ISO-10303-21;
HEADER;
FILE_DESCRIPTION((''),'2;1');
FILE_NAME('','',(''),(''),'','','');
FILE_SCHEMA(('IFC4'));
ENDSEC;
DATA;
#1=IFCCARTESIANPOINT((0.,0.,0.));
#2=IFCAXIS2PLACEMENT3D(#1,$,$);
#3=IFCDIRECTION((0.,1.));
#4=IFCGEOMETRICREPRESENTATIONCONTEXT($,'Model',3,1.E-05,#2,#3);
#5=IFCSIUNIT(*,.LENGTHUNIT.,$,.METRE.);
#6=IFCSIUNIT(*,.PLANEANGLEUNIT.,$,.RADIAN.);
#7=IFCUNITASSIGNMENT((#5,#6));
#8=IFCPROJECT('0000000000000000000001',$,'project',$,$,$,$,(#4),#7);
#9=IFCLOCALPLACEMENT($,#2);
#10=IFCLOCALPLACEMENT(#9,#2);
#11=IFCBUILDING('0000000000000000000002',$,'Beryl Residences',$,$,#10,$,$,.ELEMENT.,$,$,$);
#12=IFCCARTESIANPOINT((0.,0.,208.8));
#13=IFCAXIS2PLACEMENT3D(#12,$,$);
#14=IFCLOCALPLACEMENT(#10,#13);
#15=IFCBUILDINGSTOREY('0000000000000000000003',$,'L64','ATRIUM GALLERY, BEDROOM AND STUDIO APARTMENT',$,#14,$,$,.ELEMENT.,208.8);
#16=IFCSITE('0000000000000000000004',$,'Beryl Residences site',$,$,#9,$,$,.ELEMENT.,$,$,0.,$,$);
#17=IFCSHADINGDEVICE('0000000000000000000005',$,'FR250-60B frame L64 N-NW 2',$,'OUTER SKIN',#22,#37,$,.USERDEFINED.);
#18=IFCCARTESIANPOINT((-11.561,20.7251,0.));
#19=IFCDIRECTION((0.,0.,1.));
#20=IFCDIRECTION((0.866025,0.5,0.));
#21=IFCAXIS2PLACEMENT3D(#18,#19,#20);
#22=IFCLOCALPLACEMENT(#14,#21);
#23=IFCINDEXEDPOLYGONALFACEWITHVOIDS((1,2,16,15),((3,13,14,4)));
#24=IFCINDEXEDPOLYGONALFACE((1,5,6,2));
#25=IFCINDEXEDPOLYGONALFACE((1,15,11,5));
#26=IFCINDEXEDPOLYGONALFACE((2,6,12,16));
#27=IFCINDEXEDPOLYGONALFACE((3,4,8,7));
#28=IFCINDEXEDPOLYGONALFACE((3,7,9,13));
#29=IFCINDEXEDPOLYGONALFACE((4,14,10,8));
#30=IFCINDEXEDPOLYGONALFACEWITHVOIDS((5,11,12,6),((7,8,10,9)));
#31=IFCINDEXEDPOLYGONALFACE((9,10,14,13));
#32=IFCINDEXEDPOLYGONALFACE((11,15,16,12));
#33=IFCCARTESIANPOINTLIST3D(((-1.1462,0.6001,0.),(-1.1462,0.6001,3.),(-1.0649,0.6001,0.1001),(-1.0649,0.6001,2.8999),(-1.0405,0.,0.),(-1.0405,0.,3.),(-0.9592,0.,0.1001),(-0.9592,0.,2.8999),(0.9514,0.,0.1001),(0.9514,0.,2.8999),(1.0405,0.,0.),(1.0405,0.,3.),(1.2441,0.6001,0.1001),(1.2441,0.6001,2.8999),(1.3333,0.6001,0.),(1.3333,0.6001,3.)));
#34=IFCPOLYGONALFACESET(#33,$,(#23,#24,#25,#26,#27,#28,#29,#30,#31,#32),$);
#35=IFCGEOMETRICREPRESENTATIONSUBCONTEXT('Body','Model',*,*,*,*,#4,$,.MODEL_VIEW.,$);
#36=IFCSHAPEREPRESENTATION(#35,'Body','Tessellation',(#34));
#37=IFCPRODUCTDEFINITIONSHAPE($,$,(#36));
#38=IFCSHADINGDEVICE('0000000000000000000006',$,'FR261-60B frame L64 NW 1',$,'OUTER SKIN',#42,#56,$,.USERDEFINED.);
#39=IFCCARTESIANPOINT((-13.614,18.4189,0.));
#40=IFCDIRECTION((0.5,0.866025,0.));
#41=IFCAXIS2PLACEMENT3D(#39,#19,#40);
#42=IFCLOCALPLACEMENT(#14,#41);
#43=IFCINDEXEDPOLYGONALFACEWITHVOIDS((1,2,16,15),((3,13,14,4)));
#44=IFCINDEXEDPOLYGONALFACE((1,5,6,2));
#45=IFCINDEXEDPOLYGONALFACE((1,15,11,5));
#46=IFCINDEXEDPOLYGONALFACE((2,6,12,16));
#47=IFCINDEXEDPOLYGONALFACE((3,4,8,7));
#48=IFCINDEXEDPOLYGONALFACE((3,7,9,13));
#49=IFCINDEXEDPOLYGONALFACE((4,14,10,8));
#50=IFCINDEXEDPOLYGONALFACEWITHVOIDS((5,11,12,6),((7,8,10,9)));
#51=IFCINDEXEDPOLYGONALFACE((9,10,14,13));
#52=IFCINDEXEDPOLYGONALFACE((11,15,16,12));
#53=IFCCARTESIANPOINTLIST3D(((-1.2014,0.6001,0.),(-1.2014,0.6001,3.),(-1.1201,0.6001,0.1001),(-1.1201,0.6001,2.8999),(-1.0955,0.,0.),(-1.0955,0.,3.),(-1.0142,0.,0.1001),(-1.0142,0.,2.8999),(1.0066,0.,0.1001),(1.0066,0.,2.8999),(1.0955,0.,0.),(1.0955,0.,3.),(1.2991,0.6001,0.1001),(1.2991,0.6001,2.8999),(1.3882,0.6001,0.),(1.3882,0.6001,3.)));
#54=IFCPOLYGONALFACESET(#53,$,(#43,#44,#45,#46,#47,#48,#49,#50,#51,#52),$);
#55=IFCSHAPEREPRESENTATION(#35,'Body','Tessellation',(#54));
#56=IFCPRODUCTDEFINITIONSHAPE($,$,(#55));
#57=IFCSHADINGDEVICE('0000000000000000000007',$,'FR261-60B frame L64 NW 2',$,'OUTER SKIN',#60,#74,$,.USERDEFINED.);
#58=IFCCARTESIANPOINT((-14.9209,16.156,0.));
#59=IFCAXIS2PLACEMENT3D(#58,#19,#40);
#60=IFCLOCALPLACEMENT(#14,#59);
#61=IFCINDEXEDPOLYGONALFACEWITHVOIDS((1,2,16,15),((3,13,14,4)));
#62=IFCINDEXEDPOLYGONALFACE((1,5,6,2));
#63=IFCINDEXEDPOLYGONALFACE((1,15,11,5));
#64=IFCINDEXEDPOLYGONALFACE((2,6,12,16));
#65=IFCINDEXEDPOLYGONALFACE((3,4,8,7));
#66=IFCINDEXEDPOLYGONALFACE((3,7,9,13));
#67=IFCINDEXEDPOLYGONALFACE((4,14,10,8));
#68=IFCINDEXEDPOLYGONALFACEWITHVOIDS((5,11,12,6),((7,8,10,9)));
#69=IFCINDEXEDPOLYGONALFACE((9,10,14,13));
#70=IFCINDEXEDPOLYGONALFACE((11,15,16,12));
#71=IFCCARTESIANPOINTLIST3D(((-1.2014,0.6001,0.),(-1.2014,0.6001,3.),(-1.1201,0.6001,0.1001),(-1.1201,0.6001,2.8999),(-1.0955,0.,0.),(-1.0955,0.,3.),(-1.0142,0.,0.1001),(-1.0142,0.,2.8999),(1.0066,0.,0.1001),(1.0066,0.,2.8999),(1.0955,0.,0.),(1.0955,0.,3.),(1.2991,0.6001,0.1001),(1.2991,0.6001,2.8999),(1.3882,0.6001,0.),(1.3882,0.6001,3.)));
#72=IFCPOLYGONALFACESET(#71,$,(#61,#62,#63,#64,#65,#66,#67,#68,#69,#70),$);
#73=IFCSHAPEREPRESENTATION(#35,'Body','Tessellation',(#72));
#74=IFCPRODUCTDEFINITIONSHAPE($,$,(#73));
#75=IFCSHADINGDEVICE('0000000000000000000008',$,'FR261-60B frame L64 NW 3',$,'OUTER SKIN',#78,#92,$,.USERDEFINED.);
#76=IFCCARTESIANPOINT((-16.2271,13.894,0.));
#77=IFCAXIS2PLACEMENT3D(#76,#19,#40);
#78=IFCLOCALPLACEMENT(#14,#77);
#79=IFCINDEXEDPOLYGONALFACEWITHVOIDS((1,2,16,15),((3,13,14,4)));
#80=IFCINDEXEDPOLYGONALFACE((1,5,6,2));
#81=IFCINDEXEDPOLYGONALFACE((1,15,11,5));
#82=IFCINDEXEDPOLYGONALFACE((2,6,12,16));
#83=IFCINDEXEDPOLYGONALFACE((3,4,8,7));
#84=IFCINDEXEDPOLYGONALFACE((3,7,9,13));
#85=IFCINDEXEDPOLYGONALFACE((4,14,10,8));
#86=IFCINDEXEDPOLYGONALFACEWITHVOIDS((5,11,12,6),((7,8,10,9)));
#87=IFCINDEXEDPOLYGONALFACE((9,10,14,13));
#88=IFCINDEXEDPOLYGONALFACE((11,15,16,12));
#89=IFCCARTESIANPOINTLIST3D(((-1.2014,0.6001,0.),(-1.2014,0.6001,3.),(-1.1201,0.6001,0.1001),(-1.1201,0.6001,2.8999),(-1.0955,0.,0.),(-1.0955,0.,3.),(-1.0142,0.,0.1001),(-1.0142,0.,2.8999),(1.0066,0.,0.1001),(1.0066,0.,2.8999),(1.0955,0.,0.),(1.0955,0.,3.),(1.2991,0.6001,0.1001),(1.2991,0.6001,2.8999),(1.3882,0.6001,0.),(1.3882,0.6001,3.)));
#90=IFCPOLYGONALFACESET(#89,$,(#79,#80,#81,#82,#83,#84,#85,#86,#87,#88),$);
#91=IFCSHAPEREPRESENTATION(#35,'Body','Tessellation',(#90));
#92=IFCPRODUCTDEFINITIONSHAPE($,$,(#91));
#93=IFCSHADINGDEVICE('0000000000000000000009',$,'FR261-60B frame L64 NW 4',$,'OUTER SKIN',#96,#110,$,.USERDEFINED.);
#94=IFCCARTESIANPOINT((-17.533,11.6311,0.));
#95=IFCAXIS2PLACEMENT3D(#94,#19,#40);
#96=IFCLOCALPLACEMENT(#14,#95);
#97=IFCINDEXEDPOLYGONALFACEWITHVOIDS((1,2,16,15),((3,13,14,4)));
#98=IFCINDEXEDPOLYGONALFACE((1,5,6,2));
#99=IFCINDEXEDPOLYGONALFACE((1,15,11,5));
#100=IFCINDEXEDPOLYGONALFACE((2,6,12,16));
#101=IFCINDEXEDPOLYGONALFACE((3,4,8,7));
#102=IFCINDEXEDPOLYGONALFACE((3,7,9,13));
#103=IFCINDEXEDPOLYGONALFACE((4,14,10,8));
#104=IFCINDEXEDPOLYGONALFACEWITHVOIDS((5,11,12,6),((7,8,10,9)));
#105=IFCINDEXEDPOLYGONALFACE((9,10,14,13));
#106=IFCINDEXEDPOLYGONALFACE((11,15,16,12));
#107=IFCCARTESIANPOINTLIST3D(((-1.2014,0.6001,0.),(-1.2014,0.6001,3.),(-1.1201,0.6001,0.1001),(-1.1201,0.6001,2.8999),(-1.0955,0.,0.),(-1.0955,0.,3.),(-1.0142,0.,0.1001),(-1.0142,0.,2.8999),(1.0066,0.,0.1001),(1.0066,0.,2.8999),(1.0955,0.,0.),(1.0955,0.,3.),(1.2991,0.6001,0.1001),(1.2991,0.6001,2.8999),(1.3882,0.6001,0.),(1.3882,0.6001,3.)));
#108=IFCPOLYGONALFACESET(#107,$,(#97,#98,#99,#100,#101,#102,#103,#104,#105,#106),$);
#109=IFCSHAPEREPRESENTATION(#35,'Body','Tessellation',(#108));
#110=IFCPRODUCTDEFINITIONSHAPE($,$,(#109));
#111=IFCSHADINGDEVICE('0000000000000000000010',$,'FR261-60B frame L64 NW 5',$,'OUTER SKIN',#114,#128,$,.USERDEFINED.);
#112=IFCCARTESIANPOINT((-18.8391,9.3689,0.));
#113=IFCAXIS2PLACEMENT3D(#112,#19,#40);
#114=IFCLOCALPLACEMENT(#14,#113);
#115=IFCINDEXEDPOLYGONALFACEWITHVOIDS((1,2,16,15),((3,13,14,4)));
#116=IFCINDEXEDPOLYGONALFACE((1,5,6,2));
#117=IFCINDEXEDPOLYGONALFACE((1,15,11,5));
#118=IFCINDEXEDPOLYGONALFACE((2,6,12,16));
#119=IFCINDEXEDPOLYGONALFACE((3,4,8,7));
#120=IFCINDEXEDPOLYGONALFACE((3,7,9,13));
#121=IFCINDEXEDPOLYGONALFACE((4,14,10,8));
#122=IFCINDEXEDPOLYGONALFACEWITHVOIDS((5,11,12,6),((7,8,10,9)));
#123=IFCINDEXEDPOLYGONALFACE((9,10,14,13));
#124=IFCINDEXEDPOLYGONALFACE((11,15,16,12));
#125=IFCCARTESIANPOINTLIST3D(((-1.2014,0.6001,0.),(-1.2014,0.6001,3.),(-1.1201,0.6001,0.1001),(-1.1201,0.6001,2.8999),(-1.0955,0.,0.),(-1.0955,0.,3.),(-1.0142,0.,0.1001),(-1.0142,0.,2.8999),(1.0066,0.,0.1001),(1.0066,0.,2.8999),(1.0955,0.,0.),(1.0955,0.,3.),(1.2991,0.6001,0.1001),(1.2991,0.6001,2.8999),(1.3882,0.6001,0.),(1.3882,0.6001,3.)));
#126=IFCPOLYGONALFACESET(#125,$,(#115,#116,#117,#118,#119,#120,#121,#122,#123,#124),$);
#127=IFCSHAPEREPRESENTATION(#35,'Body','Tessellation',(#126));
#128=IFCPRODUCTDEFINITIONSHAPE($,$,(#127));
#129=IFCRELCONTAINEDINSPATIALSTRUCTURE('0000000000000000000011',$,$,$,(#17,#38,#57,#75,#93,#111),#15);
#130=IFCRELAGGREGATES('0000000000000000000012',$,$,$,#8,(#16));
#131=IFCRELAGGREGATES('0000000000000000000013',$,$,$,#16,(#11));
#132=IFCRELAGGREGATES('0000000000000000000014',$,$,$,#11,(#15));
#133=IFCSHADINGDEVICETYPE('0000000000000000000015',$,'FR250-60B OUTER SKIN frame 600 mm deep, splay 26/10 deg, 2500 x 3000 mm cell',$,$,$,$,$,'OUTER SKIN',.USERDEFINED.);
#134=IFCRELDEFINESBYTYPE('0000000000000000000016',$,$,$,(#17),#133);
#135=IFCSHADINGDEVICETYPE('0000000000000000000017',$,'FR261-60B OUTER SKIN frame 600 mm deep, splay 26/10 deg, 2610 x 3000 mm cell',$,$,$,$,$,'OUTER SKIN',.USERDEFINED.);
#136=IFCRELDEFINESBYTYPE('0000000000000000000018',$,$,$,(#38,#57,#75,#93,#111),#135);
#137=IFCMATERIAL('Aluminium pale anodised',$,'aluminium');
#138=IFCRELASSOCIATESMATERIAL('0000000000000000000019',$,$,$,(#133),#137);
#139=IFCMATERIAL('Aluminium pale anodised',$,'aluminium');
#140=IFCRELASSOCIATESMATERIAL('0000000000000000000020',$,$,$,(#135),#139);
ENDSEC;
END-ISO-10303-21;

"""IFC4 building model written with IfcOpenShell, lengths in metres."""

from ifc_helpers import new_model, entity, si_unit, direction, frame, origin, place, context, subcontext, project, spatial, source, transform, mapped, material, type_object, type_shapes, element, save


model = new_model("IFC4")

# Units and contexts
model_context = context("Model", 3, precision=1e-05, world=origin(), true_north=direction((0.0, 1.0)))
body_context = subcontext(model_context, "Body", "Model", "MODEL_VIEW")
ifc_project = project(units=[si_unit("LENGTHUNIT", "METRE"), si_unit("PLANEANGLEUNIT", "RADIAN")], contexts=[model_context])

# Site, building, storey
site_placement = place(None, origin())
site = spatial("IfcSite", under=ifc_project, at=site_placement, Name="Beryl Residences site", CompositionType="ELEMENT", RefElevation=0.0)
building_placement = place(site_placement, origin())
building = spatial("IfcBuilding", under=site, at=building_placement, Name="Beryl Residences", CompositionType="ELEMENT")
storey_placement = place(building_placement, frame((0.0, 0.0, 208.8)))
storey = spatial("IfcBuildingStorey", under=building, at=storey_placement, Name="L64", Description="ATRIUM GALLERY, BEDROOM AND STUDIO APARTMENT", CompositionType="ELEMENT", Elevation=208.8)

# Shading devices
ifc_material_1 = material(Name="Aluminium pale anodised", Category="aluminium")
shading_device_type_1 = type_object("IfcShadingDeviceType", Name="FR250-60B OUTER SKIN frame 600 mm deep, splay 26/10 deg, 2500 x 3000 mm cell", ElementType="OUTER SKIN", PredefinedType="USERDEFINED", material=ifc_material_1)
cartesian_point_1 = entity("IfcCartesianPoint", [-1.0405, 0.0])
cartesian_point_2 = entity("IfcCartesianPoint", [-0.9514, 0.1001])
cartesian_point_3 = entity("IfcCartesianPoint", [-1.3333, 0.0])
cartesian_point_4 = entity("IfcCartesianPoint", [-1.2441, 0.1001])
shared_shape_1 = source(origin(), body_context, "Body", "SweptSolid", [
    entity("IfcExtrudedAreaSolidTapered", entity("IfcArbitraryProfileDefWithVoids", "AREA", None, entity("IfcPolyline", [cartesian_point_1, entity("IfcCartesianPoint", [1.0405, 0.0]), entity("IfcCartesianPoint", [1.0405, 3.0]), entity("IfcCartesianPoint", [-1.0405, 3.0]), cartesian_point_1]), [entity("IfcPolyline", [cartesian_point_2, entity("IfcCartesianPoint", [0.9592, 0.1001]), entity("IfcCartesianPoint", [0.9592, 2.8999]), entity("IfcCartesianPoint", [-0.9514, 2.8999]), cartesian_point_2])]), entity("IfcAxis2Placement3D", entity("IfcCartesianPoint", [0.0, 0.0, 0.0]), entity("IfcDirection", [0.0, 1.0, 0.0]), entity("IfcDirection", [-1.0, 0.0, 0.0])), entity("IfcDirection", [0.0, 0.0, 1.0]), 0.6001, entity("IfcArbitraryProfileDefWithVoids", "AREA", None, entity("IfcPolyline", [cartesian_point_3, entity("IfcCartesianPoint", [1.1462, 0.0]), entity("IfcCartesianPoint", [1.1462, 3.0]), entity("IfcCartesianPoint", [-1.3333, 3.0]), cartesian_point_3]), [entity("IfcPolyline", [cartesian_point_4, entity("IfcCartesianPoint", [1.0649, 0.1001]), entity("IfcCartesianPoint", [1.0649, 2.8999]), entity("IfcCartesianPoint", [-1.2441, 2.8999]), cartesian_point_4])])),
])
type_shapes(shading_device_type_1, [shared_shape_1])
shading_device_placement = place(storey_placement, frame((-11.561, 20.7251, 0.0), z_axis=(0.0, 0.0, 1.0), x_axis=(0.866025, 0.5, 0.0)))
element("IfcShadingDevice", 1, at=shading_device_placement, inside=storey, type_object=shading_device_type_1, Name="FR250-60B frame L64 N-NW 2", ObjectType="OUTER SKIN", PredefinedType="USERDEFINED", context=body_context, shape_type="MappedRepresentation", body=[
    mapped(shared_shape_1, transform((0.0, 0.0, 0.0))),
])
ifc_material_2 = material(Name="Aluminium pale anodised", Category="aluminium")
shading_device_type_2 = type_object("IfcShadingDeviceType", Name="FR261-60B OUTER SKIN frame 600 mm deep, splay 26/10 deg, 2610 x 3000 mm cell", ElementType="OUTER SKIN", PredefinedType="USERDEFINED", material=ifc_material_2)
cartesian_point_5 = entity("IfcCartesianPoint", [-1.0955, 0.0])
cartesian_point_6 = entity("IfcCartesianPoint", [-1.0066, 0.1001])
cartesian_point_7 = entity("IfcCartesianPoint", [-1.3882, 0.0])
cartesian_point_8 = entity("IfcCartesianPoint", [-1.2991, 0.1001])
shared_shape_2 = source(origin(), body_context, "Body", "SweptSolid", [
    entity("IfcExtrudedAreaSolidTapered", entity("IfcArbitraryProfileDefWithVoids", "AREA", None, entity("IfcPolyline", [cartesian_point_5, entity("IfcCartesianPoint", [1.0955, 0.0]), entity("IfcCartesianPoint", [1.0955, 3.0]), entity("IfcCartesianPoint", [-1.0955, 3.0]), cartesian_point_5]), [entity("IfcPolyline", [cartesian_point_6, entity("IfcCartesianPoint", [1.0142, 0.1001]), entity("IfcCartesianPoint", [1.0142, 2.8999]), entity("IfcCartesianPoint", [-1.0066, 2.8999]), cartesian_point_6])]), entity("IfcAxis2Placement3D", entity("IfcCartesianPoint", [0.0, 0.0, 0.0]), entity("IfcDirection", [0.0, 1.0, 0.0]), entity("IfcDirection", [-1.0, 0.0, 0.0])), entity("IfcDirection", [0.0, 0.0, 1.0]), 0.6001, entity("IfcArbitraryProfileDefWithVoids", "AREA", None, entity("IfcPolyline", [cartesian_point_7, entity("IfcCartesianPoint", [1.2014, 0.0]), entity("IfcCartesianPoint", [1.2014, 3.0]), entity("IfcCartesianPoint", [-1.3882, 3.0]), cartesian_point_7]), [entity("IfcPolyline", [cartesian_point_8, entity("IfcCartesianPoint", [1.1201, 0.1001]), entity("IfcCartesianPoint", [1.1201, 2.8999]), entity("IfcCartesianPoint", [-1.2991, 2.8999]), cartesian_point_8])])),
])
type_shapes(shading_device_type_2, [shared_shape_2])
for number, where, z_axis, x_axis, name in (
    (2, (-13.614, 18.4189, 0.0), (0.0, 0.0, 1.0), (0.5, 0.866025, 0.0), "FR261-60B frame L64 NW 1"),
    (3, (-14.9209, 16.156, 0.0), (0.0, 0.0, 1.0), (0.5, 0.866025, 0.0), "FR261-60B frame L64 NW 2"),
    (4, (-16.2271, 13.894, 0.0), (0.0, 0.0, 1.0), (0.5, 0.866025, 0.0), "FR261-60B frame L64 NW 3"),
    (5, (-17.533, 11.6311, 0.0), (0.0, 0.0, 1.0), (0.5, 0.866025, 0.0), "FR261-60B frame L64 NW 4"),
    (6, (-18.8391, 9.3689, 0.0), (0.0, 0.0, 1.0), (0.5, 0.866025, 0.0), "FR261-60B frame L64 NW 5"),
):
    element("IfcShadingDevice", number, at=place(storey_placement, frame(where, z_axis=z_axis, x_axis=x_axis)), inside=storey, type_object=shading_device_type_2, Name=name, ObjectType="OUTER SKIN", PredefinedType="USERDEFINED", context=body_context, shape_type="MappedRepresentation", body=[
        mapped(shared_shape_2, transform((0.0, 0.0, 0.0))),
    ])

save(model, "model.ifc")
